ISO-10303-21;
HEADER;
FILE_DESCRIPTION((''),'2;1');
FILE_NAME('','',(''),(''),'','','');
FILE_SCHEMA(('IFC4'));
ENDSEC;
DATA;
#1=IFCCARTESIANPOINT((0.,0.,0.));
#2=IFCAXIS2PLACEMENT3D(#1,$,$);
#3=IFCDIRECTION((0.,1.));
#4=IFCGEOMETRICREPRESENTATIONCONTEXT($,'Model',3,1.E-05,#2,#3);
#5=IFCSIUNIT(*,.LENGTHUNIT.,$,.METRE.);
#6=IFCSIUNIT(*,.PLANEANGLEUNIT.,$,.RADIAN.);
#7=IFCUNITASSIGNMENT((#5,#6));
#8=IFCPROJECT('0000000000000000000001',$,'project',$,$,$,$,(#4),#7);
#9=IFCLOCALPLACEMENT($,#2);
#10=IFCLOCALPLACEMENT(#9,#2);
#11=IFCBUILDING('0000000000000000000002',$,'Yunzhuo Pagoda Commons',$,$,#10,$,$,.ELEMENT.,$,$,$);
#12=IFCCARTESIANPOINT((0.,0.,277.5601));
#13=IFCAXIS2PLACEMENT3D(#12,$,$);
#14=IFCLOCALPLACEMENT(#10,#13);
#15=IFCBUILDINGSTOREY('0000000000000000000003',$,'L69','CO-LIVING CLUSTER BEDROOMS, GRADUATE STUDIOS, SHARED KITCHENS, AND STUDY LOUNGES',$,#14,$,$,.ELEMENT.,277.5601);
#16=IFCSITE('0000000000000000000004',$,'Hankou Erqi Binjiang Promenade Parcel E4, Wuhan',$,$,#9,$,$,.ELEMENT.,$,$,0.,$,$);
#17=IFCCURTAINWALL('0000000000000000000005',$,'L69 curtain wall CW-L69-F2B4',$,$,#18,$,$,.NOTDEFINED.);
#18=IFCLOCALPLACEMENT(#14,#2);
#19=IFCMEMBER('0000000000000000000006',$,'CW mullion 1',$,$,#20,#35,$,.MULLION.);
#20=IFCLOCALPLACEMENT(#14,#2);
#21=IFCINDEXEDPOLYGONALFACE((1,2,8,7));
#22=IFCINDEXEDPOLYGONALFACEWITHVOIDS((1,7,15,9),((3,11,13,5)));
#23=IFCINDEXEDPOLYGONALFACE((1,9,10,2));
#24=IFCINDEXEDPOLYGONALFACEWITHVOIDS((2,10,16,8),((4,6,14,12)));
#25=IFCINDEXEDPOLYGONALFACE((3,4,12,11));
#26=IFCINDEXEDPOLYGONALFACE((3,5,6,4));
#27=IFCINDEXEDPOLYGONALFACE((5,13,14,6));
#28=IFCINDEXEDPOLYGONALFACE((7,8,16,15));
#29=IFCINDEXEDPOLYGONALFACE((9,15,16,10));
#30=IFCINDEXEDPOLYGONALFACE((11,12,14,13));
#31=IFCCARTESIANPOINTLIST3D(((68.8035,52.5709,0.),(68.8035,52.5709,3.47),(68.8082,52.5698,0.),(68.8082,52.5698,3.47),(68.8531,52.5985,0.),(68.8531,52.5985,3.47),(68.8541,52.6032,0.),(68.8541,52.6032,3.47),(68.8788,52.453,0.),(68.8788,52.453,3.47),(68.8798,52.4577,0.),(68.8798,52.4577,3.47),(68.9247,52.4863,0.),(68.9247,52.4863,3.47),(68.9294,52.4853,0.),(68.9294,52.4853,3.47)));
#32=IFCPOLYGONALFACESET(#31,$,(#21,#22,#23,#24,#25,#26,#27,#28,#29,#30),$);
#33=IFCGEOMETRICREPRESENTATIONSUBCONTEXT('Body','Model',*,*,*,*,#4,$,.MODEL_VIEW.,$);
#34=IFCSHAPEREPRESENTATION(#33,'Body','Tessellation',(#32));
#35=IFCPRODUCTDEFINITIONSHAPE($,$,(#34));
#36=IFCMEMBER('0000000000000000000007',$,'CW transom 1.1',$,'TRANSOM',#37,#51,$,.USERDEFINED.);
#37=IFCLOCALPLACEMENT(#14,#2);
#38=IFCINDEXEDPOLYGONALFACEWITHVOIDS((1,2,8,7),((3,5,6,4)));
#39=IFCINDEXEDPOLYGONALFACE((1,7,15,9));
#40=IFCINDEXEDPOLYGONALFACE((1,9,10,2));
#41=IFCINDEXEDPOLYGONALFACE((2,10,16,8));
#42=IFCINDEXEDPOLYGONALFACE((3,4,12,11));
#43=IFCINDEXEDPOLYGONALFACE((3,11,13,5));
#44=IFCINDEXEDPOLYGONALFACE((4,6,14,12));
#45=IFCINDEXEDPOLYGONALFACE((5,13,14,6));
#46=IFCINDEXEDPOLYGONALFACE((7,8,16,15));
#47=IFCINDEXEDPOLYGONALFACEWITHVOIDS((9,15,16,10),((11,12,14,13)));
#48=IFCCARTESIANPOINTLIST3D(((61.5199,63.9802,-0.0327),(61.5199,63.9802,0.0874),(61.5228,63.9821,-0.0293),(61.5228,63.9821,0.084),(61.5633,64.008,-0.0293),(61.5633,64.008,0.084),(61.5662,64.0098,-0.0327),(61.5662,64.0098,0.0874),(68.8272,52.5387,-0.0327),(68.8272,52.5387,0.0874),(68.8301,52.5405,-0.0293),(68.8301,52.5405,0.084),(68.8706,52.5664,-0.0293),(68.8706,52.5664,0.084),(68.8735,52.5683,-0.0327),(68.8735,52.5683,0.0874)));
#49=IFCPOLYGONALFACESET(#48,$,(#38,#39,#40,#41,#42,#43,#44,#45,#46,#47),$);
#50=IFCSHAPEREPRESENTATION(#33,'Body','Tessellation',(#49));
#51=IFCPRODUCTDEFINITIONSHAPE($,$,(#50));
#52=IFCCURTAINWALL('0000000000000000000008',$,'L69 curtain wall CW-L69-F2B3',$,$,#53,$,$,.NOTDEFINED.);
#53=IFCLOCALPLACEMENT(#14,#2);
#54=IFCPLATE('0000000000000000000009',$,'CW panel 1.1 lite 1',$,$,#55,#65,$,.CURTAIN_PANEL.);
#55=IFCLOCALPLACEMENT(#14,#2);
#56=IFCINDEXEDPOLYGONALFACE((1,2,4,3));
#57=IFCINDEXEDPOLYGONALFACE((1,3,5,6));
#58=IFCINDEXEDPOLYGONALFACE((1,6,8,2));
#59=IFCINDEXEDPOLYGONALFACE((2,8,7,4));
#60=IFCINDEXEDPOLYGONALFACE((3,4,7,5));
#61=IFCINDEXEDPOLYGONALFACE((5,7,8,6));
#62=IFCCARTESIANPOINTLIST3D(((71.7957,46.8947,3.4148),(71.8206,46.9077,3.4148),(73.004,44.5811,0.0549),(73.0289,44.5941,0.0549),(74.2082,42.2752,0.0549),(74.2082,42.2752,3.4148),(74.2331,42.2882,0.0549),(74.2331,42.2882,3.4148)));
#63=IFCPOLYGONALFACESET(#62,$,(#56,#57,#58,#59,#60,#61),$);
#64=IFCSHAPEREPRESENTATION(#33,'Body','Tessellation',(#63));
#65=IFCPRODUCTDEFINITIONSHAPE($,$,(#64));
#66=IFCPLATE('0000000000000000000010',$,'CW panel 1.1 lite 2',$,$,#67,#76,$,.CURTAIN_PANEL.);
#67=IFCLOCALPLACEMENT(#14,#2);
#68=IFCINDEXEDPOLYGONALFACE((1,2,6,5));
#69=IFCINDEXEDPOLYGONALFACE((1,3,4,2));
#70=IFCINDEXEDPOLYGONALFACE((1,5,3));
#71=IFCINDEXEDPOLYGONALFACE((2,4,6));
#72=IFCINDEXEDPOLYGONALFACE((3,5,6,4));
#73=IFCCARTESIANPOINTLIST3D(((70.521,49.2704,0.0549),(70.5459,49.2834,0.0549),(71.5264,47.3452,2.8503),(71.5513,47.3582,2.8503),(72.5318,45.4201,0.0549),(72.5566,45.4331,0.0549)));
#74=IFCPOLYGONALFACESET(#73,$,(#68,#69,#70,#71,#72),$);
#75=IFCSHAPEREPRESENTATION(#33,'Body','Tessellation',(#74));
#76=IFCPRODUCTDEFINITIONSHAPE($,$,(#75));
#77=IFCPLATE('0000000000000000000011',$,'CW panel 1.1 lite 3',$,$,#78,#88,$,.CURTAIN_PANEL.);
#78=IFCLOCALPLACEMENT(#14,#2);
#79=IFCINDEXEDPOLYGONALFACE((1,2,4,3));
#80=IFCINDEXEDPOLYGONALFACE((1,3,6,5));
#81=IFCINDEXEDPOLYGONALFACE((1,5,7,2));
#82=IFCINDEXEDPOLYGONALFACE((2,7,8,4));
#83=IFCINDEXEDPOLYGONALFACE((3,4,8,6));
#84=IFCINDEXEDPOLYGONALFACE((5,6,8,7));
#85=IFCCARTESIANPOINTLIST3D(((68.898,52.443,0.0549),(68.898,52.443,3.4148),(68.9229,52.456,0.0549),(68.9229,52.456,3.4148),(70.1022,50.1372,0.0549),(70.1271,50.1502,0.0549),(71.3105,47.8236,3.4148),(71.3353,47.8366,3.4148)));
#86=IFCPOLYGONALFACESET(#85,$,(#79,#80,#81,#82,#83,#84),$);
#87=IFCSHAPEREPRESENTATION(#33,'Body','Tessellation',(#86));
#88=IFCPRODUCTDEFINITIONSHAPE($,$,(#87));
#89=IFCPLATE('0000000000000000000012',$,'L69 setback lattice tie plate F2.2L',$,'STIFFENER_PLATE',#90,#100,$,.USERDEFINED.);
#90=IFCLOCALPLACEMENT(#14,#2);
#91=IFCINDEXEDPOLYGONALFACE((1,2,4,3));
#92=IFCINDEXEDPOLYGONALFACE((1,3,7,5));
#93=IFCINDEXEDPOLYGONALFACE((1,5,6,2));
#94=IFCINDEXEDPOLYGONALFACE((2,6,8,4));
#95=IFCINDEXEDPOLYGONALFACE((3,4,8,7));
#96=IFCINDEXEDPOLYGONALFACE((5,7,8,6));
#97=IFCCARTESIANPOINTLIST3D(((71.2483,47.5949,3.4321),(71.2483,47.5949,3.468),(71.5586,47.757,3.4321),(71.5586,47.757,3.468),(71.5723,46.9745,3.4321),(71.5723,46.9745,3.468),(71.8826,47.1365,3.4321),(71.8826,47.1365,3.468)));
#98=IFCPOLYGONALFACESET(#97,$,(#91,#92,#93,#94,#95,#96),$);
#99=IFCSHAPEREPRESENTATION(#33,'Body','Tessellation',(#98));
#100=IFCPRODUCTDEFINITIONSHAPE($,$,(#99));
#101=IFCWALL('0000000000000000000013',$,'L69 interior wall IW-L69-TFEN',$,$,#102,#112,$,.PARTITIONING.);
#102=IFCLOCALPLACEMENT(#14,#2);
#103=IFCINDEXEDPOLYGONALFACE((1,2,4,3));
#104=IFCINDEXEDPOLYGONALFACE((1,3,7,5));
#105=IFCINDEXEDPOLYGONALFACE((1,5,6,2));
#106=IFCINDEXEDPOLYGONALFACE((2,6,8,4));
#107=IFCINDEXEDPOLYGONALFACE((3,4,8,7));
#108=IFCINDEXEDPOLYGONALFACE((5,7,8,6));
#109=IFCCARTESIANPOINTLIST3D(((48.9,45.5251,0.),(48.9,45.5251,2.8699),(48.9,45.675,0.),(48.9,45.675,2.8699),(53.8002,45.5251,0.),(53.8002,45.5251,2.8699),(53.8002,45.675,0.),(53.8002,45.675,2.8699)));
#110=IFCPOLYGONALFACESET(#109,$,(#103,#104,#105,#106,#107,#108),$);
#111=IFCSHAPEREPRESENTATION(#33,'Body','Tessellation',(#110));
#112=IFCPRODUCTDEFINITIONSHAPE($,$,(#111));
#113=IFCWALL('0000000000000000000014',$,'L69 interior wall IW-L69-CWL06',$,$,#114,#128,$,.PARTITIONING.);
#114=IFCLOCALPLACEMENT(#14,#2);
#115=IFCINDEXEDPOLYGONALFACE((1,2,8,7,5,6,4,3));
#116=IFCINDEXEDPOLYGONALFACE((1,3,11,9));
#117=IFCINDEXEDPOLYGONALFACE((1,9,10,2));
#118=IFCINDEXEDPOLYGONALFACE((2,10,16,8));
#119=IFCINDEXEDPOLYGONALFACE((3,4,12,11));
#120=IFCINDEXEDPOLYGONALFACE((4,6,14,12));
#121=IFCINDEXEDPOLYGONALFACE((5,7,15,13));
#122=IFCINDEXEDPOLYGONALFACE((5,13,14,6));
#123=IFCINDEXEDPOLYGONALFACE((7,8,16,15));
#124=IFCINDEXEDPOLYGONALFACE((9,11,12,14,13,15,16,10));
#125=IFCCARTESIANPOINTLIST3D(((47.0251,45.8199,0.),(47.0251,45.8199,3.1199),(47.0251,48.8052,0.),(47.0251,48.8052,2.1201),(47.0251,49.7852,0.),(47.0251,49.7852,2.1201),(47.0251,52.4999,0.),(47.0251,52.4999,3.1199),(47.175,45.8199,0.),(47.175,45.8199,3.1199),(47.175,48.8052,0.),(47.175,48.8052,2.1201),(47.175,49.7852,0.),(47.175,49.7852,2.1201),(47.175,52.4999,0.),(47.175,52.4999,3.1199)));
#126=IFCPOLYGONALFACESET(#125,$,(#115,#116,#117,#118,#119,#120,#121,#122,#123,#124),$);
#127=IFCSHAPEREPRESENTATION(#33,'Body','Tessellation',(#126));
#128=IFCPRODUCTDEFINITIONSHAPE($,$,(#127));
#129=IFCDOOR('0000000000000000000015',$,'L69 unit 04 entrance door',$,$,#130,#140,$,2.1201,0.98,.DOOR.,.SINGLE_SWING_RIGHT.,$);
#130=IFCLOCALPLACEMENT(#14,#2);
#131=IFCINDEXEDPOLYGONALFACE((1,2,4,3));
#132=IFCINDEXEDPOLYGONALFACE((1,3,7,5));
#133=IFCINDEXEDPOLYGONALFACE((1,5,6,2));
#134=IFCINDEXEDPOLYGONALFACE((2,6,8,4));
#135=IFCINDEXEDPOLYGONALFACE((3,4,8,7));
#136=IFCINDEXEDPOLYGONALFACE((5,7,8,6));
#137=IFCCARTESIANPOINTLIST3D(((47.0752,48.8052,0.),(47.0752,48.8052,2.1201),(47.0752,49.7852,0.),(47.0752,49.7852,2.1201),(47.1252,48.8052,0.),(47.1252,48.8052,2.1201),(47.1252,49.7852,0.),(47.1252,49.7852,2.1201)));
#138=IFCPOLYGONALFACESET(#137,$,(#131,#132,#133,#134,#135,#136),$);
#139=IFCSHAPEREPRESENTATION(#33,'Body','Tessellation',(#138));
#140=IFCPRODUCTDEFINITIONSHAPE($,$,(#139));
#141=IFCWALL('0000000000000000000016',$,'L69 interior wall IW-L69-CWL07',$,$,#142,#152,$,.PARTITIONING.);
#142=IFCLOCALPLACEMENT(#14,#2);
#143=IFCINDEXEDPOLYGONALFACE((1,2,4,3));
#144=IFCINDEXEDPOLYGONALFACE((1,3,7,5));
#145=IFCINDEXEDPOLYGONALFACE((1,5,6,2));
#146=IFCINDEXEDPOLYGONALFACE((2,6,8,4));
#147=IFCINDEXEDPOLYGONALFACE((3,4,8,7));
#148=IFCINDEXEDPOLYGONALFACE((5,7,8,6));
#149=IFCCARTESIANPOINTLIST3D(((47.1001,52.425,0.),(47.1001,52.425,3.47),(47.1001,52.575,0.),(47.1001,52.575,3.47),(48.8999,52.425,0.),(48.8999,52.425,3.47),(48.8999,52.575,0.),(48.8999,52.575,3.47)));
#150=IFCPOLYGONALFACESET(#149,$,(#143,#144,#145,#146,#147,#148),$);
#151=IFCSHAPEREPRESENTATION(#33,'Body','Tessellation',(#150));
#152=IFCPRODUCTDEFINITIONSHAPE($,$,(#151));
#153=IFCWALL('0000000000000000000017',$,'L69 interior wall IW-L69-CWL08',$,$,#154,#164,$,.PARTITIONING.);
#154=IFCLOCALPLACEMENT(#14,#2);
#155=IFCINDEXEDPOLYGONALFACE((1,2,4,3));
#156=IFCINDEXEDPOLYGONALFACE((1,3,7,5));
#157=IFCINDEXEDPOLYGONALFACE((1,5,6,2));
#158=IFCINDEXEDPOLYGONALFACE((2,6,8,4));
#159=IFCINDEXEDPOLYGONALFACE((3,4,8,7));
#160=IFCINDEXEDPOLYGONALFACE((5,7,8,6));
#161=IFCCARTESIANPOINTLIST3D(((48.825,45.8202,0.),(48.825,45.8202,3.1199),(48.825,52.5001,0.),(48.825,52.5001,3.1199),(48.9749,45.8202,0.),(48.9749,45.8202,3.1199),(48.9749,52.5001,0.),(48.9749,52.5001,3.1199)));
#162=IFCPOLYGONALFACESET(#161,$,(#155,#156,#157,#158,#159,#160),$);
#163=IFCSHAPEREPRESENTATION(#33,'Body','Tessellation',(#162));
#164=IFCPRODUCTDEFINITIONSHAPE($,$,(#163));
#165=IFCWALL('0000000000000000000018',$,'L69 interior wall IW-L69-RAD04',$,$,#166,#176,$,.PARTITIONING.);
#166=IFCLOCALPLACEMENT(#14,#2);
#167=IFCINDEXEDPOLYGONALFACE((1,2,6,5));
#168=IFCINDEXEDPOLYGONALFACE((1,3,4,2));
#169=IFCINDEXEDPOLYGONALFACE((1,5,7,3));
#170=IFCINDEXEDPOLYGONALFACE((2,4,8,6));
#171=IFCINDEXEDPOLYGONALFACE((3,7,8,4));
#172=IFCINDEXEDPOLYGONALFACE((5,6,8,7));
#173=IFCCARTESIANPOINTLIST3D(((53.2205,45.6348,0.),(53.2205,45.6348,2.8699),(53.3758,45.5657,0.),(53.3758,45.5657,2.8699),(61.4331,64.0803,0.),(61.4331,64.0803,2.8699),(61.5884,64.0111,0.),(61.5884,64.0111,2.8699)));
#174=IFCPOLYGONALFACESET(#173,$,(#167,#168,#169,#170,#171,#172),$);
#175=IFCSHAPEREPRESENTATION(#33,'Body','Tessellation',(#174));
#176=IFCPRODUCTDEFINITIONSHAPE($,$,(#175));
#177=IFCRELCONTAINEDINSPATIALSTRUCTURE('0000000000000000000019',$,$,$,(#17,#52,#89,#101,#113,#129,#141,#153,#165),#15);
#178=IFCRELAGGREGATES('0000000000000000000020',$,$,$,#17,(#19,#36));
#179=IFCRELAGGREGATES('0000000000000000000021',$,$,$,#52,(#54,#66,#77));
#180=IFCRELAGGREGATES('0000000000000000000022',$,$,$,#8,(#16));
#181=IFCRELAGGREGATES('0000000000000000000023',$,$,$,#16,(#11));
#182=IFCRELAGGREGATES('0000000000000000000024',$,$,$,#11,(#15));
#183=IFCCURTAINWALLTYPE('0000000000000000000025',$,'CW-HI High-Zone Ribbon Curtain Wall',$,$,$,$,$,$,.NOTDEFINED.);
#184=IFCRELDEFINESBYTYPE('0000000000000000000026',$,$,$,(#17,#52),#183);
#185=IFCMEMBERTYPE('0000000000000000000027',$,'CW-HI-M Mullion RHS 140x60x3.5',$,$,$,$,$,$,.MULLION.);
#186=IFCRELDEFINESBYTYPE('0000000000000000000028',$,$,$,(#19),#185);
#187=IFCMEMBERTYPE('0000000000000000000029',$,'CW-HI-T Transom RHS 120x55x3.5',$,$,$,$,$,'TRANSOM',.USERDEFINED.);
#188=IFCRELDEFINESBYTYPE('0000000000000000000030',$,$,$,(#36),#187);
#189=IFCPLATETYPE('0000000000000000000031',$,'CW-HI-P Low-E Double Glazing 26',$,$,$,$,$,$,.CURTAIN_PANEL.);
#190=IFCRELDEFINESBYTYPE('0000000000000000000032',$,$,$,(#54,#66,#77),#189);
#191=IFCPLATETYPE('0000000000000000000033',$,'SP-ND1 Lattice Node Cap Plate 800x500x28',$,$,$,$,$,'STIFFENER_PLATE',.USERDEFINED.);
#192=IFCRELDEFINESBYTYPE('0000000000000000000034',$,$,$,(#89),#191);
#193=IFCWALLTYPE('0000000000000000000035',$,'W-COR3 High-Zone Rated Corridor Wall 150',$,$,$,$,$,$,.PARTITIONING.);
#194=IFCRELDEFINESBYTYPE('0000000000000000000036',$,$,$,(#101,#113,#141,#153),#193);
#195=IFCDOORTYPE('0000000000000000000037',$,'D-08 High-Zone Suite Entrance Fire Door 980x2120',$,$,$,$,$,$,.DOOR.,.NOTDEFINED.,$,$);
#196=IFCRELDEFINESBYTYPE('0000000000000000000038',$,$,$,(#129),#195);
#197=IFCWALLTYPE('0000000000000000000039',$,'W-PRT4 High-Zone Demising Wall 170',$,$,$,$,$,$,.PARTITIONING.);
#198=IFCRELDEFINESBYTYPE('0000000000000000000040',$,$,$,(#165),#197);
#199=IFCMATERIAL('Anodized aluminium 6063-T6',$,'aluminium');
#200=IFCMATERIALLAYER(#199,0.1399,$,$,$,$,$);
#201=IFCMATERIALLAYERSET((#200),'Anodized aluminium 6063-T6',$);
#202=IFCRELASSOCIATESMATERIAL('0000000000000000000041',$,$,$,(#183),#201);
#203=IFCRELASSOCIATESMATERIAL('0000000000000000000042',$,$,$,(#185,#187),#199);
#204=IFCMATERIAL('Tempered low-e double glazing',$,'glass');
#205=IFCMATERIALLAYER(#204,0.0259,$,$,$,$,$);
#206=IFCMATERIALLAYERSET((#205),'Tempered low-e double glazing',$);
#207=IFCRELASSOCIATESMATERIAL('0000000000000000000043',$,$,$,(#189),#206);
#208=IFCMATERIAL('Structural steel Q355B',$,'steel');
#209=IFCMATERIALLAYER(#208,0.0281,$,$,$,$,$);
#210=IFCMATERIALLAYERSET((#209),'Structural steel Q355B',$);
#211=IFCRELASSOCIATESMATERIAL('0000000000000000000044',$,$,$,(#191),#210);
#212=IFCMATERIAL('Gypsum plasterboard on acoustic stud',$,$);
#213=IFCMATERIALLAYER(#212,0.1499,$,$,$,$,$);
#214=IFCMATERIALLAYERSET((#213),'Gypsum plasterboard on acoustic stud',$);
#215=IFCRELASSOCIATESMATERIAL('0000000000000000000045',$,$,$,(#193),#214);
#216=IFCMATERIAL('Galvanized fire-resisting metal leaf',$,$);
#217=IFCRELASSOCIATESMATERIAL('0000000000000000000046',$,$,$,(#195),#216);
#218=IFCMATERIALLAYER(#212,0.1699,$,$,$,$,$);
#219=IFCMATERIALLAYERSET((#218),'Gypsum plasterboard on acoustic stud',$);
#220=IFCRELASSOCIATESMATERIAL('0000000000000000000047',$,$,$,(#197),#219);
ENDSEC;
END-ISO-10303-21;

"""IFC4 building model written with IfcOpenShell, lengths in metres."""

from ifc_helpers import new_model, si_unit, direction, frame, frame_2d, origin, origin_with_axes, origin_2d, place, context, subcontext, project, spatial, polyline, rectangle, hollow_rectangle, outline, extrude, source, transform, mapped, material, layer, layer_set, material_profile, profile_set, type_object, element, fill, aggregate, save


model = new_model("IFC4")

# Units and contexts
model_context = context("Model", 3, precision=1e-05, world=origin(), true_north=direction((0.0, 1.0)))
body_context = subcontext(model_context, "Body", "Model", "MODEL_VIEW")
ifc_project = project(units=[si_unit("LENGTHUNIT", "METRE"), si_unit("PLANEANGLEUNIT", "RADIAN")], contexts=[model_context])

# Site, building, storey
site_placement = place(None, origin())
site = spatial("IfcSite", under=ifc_project, at=site_placement, Name="Hankou Erqi Binjiang Promenade Parcel E4, Wuhan", CompositionType="ELEMENT", RefElevation=0.0)
building_placement = place(site_placement, origin())
building = spatial("IfcBuilding", under=site, at=building_placement, Name="Yunzhuo Pagoda Commons", CompositionType="ELEMENT")
storey_placement = place(building_placement, frame((0.0, 0.0, 277.5601)))
storey = spatial("IfcBuildingStorey", under=building, at=storey_placement, Name="L69", Description="CO-LIVING CLUSTER BEDROOMS, GRADUATE STUDIOS, SHARED KITCHENS, AND STUDY LOUNGES", CompositionType="ELEMENT", Elevation=277.5601)

# Shared definitions
ifc_material_1 = material(Name="Structural steel Q355B", Category="steel")

# Curtain wall, members
ifc_material_2 = material(Name="Anodized aluminium 6063-T6", Category="aluminium")
ifc_layer_1 = layer(ifc_material_2, 0.1399)
ifc_layer_set_1 = layer_set([ifc_layer_1], Name="Anodized aluminium 6063-T6")
curtain_wall_type = type_object("IfcCurtainWallType", Name="CW-HI High-Zone Ribbon Curtain Wall", PredefinedType="NOTDEFINED", material=ifc_layer_set_1)
curtain_wall_1_placement = place(storey_placement, origin())
curtain_wall_1 = element("IfcCurtainWall", 1, at=curtain_wall_1_placement, inside=storey, type_object=curtain_wall_type, Name="L69 curtain wall CW-L69-F2B4", PredefinedType="NOTDEFINED")
ifc_material_profile_1 = material_profile(ifc_material_2, hollow_rectangle(XDim=0.0601, YDim=0.1399, WallThickness=0.0034, at=origin_2d()), Name="Anodized aluminium 6063-T6")
ifc_profile_set_1 = profile_set([ifc_material_profile_1], Name="Anodized aluminium 6063-T6")
member_type_1 = type_object("IfcMemberType", Name="CW-HI-M Mullion RHS 140x60x3.5", PredefinedType="MULLION", material=ifc_profile_set_1)
shared_shape_1 = source(origin(), body_context, "Body", "SweptSolid", [
    extrude(hollow_rectangle(XDim=0.0601, YDim=0.1399, WallThickness=0.0034, at=origin_2d()), origin(), (0.0, 0.0, 1.0), 3.47),
])
member_1_placement = place(storey_placement, frame((68.8665, 52.5281, 0.0), z_axis=(0.0, 0.0, 1.0), x_axis=(-0.842779, -0.53826, 0.0)))
member_1 = element("IfcMember", 2, at=member_1_placement, type_object=member_type_1, Name="CW mullion 1", PredefinedType="MULLION", context=body_context, shape_type="MappedRepresentation", body=[
    mapped(shared_shape_1, transform((0.0, 0.0, 0.0), scale=1.0)),
])
ifc_material_profile_2 = material_profile(ifc_material_2, hollow_rectangle(XDim=0.0549, YDim=0.1201, WallThickness=0.0034, at=origin_2d()), Name="Anodized aluminium 6063-T6")
ifc_profile_set_2 = profile_set([ifc_material_profile_2], Name="Anodized aluminium 6063-T6")
member_type_2 = type_object("IfcMemberType", Name="CW-HI-T Transom RHS 120x55x3.5", ElementType="TRANSOM", PredefinedType="USERDEFINED", material=ifc_profile_set_2)
shared_shape_2 = source(origin(), body_context, "Body", "SweptSolid", [
    extrude(hollow_rectangle(XDim=0.0549, YDim=0.1201, WallThickness=0.0034, at=origin_2d()), origin(), (0.0, 0.0, 1.0), 13.5759),
])
member_2_placement = place(storey_placement, frame((68.8503, 52.5535, 0.0273), z_axis=(-0.538255, 0.842782, 0.0), x_axis=(-0.842782, -0.538255, 0.0)))
member_2 = element("IfcMember", 3, at=member_2_placement, type_object=member_type_2, Name="CW transom 1.1", ObjectType="TRANSOM", PredefinedType="USERDEFINED", context=body_context, shape_type="MappedRepresentation", body=[
    mapped(shared_shape_2, transform((0.0, 0.0, 0.0), scale=1.0)),
])
aggregate(curtain_wall_1, [member_1, member_2])

# Curtain wall, plates
curtain_wall_2_placement = place(storey_placement, origin())
curtain_wall_2 = element("IfcCurtainWall", 4, at=curtain_wall_2_placement, inside=storey, type_object=curtain_wall_type, Name="L69 curtain wall CW-L69-F2B3", PredefinedType="NOTDEFINED")
ifc_material_3 = material(Name="Tempered low-e double glazing", Category="glass")
ifc_layer_2 = layer(ifc_material_3, 0.0259)
ifc_layer_set_2 = layer_set([ifc_layer_2], Name="Tempered low-e double glazing")
plate_type_1 = type_object("IfcPlateType", Name="CW-HI-P Low-E Double Glazing 26", PredefinedType="CURTAIN_PANEL", material=ifc_layer_set_2)
plate_1_placement = place(storey_placement, frame((73.002, 44.585, 1.7349), z_axis=(0.886404, 0.462912, 0.0), x_axis=(-0.462912, 0.886404, 0.0)))
plate_1 = element("IfcPlate", 5, at=plate_1_placement, type_object=plate_type_1, Name="CW panel 1.1 lite 1", PredefinedType="CURTAIN_PANEL", context=body_context, shape_type="SweptSolid", body=[
    extrude(outline(polyline([(-2.6057, -1.6799), (-0.0044, -1.6799), (2.6057, 1.6799), (-2.6057, 1.6799), (-2.6057, -1.6799)])), origin(), (0.0, 0.0, 1.0), 0.0281),
])
plate_2_placement = place(storey_placement, frame((71.5264, 47.3452, 1.4526), z_axis=(0.886404, 0.462912, 0.0), x_axis=(-0.462912, 0.886404, 0.0)))
plate_2 = element("IfcPlate", 6, at=plate_2_placement, type_object=plate_type_1, Name="CW panel 1.1 lite 2", PredefinedType="CURTAIN_PANEL", context=body_context, shape_type="SweptSolid", body=[
    extrude(outline(polyline([(-2.1719, -1.3977), (2.1719, -1.3977), (0.0, 1.3977), (-2.1719, -1.3977)])), origin(), (0.0, 0.0, 1.0), 0.0281),
])
plate_3_placement = place(storey_placement, frame((70.1042, 50.1333, 1.7349), z_axis=(0.886404, 0.462912, 0.0), x_axis=(-0.462912, 0.886404, 0.0)))
plate_3 = element("IfcPlate", 7, at=plate_3_placement, type_object=plate_type_1, Name="CW panel 1.1 lite 3", PredefinedType="CURTAIN_PANEL", context=body_context, shape_type="SweptSolid", body=[
    extrude(outline(polyline([(-2.6057, 1.6799), (0.0044, -1.6799), (2.6057, -1.6799), (2.6057, 1.6799), (-2.6057, 1.6799)])), origin(), (0.0, 0.0, 1.0), 0.0281),
])
aggregate(curtain_wall_2, [plate_1, plate_2, plate_3])

# Plate
ifc_layer_3 = layer(ifc_material_1, 0.0281)
ifc_layer_set_3 = layer_set([ifc_layer_3], Name="Structural steel Q355B")
plate_type_2 = type_object("IfcPlateType", Name="SP-ND1 Lattice Node Cap Plate 800x500x28", ElementType="STIFFENER_PLATE", PredefinedType="USERDEFINED", material=ifc_layer_set_3)
shared_shape_3 = source(origin(), body_context, "Body", "SweptSolid", [
    extrude(rectangle(XDim=0.7, YDim=0.3501, at=origin_2d()), origin(), (0.0, 0.0, 1.0), 0.0359),
])
plate_4_placement = place(storey_placement, frame((71.5654, 47.3657, 3.4321), z_axis=(0.0, 0.0, 1.0), x_axis=(-0.462909, 0.886406, 0.0)))
element("IfcPlate", 8, at=plate_4_placement, inside=storey, type_object=plate_type_2, Name="L69 setback lattice tie plate F2.2L", ObjectType="STIFFENER_PLATE", PredefinedType="USERDEFINED", context=body_context, shape_type="MappedRepresentation", body=[
    mapped(shared_shape_3, transform((0.0, 0.0, 0.0), scale=1.0)),
])

# Wall
ifc_material_4 = material(Name="Gypsum plasterboard on acoustic stud")
ifc_layer_4 = layer(ifc_material_4, 0.1499)
ifc_layer_set_4 = layer_set([ifc_layer_4], Name="Gypsum plasterboard on acoustic stud")
wall_type_1 = type_object("IfcWallType", Name="W-COR3 High-Zone Rated Corridor Wall 150", PredefinedType="PARTITIONING", material=ifc_layer_set_4)
wall_1_placement = place(storey_placement, frame((48.8999, 45.6001, 0.0), z_axis=(0.0, 0.0, 1.0), x_axis=(1.0, 0.0, 0.0)))
element("IfcWall", 9, at=wall_1_placement, inside=storey, type_object=wall_type_1, Name="L69 interior wall IW-L69-TFEN", PredefinedType="PARTITIONING", context=body_context, shape_type="SweptSolid", body=[
    extrude(rectangle(XDim=4.9001, YDim=0.1499, at=frame_2d((2.4502, 0.0))), origin(), (0.0, 0.0, 1.0), 2.8699),
])

# Wall, opening, door
wall_2_placement = place(storey_placement, frame((47.1001, 45.8201, 0.0), z_axis=(0.0, 0.0, 1.0), x_axis=(0.0, 1.0, 0.0)))
wall_2 = element("IfcWall", 10, at=wall_2_placement, inside=storey, type_object=wall_type_1, Name="L69 interior wall IW-L69-CWL06", PredefinedType="PARTITIONING", context=body_context, shape_type="SweptSolid", body=[
    extrude(rectangle(XDim=6.6799, YDim=0.1499, at=frame_2d((3.3398, 0.0))), origin(), (0.0, 0.0, 1.0), 3.1199),
])
opening_placement = place(wall_2_placement, frame((2.9851, 0.0, 0.0)))
opening = element("IfcOpeningElement", 11, at=opening_placement, cuts=wall_2, PredefinedType="OPENING", context=body_context, shape_type="SweptSolid", body=[
    extrude(rectangle(XDim=0.98, YDim=2.1201, at=frame_2d((0.49, 1.0601))), frame((0.0, 0.085, 0.0), z_axis=(0.0, -1.0, 0.0), x_axis=(1.0, 0.0, 0.0)), (0.0, 0.0, 1.0), 0.1699),
])
ifc_material_5 = material(Name="Galvanized fire-resisting metal leaf")
door_type = type_object("IfcDoorType", Name="D-08 High-Zone Suite Entrance Fire Door 980x2120", OperationType="NOTDEFINED", PredefinedType="DOOR", material=ifc_material_5)
shared_shape_4 = source(origin(), body_context, "Body", "SweptSolid", [
    extrude(rectangle(XDim=0.98, YDim=2.1201, at=frame_2d((0.49, 1.0601))), frame((0.0, 0.0249, 0.0), z_axis=(0.0, -1.0, 0.0), x_axis=(1.0, 0.0, 0.0)), (0.0, 0.0, 1.0), 0.05),
])
door_placement = place(opening_placement, origin_with_axes())
door = element("IfcDoor", 12, at=door_placement, inside=storey, type_object=door_type, Name="L69 unit 04 entrance door", OperationType="SINGLE_SWING_RIGHT", OverallHeight=2.1201, OverallWidth=0.98, PredefinedType="DOOR", context=body_context, shape_type="MappedRepresentation", body=[
    mapped(shared_shape_4, transform((0.0, 0.0, 0.0), scale=1.0)),
])
fill(opening, door)

# Walls
wall_3_placement = place(storey_placement, frame((47.1001, 52.5, 0.0), z_axis=(0.0, 0.0, 1.0), x_axis=(1.0, 0.0, 0.0)))
element("IfcWall", 13, at=wall_3_placement, inside=storey, type_object=wall_type_1, Name="L69 interior wall IW-L69-CWL07", PredefinedType="PARTITIONING", context=body_context, shape_type="SweptSolid", body=[
    extrude(rectangle(XDim=1.7998, YDim=0.1499, at=frame_2d((0.8999, 0.0))), origin(), (0.0, 0.0, 1.0), 3.47),
])
wall_4_placement = place(storey_placement, frame((48.8999, 52.5, 0.0), z_axis=(0.0, 0.0, 1.0), x_axis=(0.0, -1.0, 0.0)))
element("IfcWall", 14, at=wall_4_placement, inside=storey, type_object=wall_type_1, Name="L69 interior wall IW-L69-CWL08", PredefinedType="PARTITIONING", context=body_context, shape_type="SweptSolid", body=[
    extrude(rectangle(XDim=6.6799, YDim=0.1499, at=frame_2d((3.3398, 0.0))), origin(), (0.0, 0.0, 1.0), 3.1199),
])
ifc_layer_5 = layer(ifc_material_4, 0.1699)
ifc_layer_set_5 = layer_set([ifc_layer_5], Name="Gypsum plasterboard on acoustic stud")
wall_type_2 = type_object("IfcWallType", Name="W-PRT4 High-Zone Demising Wall 170", PredefinedType="PARTITIONING", material=ifc_layer_set_5)
wall_5_placement = place(storey_placement, frame((53.2981, 45.6001, 0.0), z_axis=(0.0, 0.0, 1.0), x_axis=(0.406743, 0.913543, 0.0)))
element("IfcWall", 15, at=wall_5_placement, inside=storey, type_object=wall_type_2, Name="L69 interior wall IW-L69-RAD04", PredefinedType="PARTITIONING", context=body_context, shape_type="SweptSolid", body=[
    extrude(rectangle(XDim=20.1912, YDim=0.1699, at=frame_2d((10.0957, 0.0))), origin(), (0.0, 0.0, 1.0), 2.8699),
])

save(model, "model.ifc")
